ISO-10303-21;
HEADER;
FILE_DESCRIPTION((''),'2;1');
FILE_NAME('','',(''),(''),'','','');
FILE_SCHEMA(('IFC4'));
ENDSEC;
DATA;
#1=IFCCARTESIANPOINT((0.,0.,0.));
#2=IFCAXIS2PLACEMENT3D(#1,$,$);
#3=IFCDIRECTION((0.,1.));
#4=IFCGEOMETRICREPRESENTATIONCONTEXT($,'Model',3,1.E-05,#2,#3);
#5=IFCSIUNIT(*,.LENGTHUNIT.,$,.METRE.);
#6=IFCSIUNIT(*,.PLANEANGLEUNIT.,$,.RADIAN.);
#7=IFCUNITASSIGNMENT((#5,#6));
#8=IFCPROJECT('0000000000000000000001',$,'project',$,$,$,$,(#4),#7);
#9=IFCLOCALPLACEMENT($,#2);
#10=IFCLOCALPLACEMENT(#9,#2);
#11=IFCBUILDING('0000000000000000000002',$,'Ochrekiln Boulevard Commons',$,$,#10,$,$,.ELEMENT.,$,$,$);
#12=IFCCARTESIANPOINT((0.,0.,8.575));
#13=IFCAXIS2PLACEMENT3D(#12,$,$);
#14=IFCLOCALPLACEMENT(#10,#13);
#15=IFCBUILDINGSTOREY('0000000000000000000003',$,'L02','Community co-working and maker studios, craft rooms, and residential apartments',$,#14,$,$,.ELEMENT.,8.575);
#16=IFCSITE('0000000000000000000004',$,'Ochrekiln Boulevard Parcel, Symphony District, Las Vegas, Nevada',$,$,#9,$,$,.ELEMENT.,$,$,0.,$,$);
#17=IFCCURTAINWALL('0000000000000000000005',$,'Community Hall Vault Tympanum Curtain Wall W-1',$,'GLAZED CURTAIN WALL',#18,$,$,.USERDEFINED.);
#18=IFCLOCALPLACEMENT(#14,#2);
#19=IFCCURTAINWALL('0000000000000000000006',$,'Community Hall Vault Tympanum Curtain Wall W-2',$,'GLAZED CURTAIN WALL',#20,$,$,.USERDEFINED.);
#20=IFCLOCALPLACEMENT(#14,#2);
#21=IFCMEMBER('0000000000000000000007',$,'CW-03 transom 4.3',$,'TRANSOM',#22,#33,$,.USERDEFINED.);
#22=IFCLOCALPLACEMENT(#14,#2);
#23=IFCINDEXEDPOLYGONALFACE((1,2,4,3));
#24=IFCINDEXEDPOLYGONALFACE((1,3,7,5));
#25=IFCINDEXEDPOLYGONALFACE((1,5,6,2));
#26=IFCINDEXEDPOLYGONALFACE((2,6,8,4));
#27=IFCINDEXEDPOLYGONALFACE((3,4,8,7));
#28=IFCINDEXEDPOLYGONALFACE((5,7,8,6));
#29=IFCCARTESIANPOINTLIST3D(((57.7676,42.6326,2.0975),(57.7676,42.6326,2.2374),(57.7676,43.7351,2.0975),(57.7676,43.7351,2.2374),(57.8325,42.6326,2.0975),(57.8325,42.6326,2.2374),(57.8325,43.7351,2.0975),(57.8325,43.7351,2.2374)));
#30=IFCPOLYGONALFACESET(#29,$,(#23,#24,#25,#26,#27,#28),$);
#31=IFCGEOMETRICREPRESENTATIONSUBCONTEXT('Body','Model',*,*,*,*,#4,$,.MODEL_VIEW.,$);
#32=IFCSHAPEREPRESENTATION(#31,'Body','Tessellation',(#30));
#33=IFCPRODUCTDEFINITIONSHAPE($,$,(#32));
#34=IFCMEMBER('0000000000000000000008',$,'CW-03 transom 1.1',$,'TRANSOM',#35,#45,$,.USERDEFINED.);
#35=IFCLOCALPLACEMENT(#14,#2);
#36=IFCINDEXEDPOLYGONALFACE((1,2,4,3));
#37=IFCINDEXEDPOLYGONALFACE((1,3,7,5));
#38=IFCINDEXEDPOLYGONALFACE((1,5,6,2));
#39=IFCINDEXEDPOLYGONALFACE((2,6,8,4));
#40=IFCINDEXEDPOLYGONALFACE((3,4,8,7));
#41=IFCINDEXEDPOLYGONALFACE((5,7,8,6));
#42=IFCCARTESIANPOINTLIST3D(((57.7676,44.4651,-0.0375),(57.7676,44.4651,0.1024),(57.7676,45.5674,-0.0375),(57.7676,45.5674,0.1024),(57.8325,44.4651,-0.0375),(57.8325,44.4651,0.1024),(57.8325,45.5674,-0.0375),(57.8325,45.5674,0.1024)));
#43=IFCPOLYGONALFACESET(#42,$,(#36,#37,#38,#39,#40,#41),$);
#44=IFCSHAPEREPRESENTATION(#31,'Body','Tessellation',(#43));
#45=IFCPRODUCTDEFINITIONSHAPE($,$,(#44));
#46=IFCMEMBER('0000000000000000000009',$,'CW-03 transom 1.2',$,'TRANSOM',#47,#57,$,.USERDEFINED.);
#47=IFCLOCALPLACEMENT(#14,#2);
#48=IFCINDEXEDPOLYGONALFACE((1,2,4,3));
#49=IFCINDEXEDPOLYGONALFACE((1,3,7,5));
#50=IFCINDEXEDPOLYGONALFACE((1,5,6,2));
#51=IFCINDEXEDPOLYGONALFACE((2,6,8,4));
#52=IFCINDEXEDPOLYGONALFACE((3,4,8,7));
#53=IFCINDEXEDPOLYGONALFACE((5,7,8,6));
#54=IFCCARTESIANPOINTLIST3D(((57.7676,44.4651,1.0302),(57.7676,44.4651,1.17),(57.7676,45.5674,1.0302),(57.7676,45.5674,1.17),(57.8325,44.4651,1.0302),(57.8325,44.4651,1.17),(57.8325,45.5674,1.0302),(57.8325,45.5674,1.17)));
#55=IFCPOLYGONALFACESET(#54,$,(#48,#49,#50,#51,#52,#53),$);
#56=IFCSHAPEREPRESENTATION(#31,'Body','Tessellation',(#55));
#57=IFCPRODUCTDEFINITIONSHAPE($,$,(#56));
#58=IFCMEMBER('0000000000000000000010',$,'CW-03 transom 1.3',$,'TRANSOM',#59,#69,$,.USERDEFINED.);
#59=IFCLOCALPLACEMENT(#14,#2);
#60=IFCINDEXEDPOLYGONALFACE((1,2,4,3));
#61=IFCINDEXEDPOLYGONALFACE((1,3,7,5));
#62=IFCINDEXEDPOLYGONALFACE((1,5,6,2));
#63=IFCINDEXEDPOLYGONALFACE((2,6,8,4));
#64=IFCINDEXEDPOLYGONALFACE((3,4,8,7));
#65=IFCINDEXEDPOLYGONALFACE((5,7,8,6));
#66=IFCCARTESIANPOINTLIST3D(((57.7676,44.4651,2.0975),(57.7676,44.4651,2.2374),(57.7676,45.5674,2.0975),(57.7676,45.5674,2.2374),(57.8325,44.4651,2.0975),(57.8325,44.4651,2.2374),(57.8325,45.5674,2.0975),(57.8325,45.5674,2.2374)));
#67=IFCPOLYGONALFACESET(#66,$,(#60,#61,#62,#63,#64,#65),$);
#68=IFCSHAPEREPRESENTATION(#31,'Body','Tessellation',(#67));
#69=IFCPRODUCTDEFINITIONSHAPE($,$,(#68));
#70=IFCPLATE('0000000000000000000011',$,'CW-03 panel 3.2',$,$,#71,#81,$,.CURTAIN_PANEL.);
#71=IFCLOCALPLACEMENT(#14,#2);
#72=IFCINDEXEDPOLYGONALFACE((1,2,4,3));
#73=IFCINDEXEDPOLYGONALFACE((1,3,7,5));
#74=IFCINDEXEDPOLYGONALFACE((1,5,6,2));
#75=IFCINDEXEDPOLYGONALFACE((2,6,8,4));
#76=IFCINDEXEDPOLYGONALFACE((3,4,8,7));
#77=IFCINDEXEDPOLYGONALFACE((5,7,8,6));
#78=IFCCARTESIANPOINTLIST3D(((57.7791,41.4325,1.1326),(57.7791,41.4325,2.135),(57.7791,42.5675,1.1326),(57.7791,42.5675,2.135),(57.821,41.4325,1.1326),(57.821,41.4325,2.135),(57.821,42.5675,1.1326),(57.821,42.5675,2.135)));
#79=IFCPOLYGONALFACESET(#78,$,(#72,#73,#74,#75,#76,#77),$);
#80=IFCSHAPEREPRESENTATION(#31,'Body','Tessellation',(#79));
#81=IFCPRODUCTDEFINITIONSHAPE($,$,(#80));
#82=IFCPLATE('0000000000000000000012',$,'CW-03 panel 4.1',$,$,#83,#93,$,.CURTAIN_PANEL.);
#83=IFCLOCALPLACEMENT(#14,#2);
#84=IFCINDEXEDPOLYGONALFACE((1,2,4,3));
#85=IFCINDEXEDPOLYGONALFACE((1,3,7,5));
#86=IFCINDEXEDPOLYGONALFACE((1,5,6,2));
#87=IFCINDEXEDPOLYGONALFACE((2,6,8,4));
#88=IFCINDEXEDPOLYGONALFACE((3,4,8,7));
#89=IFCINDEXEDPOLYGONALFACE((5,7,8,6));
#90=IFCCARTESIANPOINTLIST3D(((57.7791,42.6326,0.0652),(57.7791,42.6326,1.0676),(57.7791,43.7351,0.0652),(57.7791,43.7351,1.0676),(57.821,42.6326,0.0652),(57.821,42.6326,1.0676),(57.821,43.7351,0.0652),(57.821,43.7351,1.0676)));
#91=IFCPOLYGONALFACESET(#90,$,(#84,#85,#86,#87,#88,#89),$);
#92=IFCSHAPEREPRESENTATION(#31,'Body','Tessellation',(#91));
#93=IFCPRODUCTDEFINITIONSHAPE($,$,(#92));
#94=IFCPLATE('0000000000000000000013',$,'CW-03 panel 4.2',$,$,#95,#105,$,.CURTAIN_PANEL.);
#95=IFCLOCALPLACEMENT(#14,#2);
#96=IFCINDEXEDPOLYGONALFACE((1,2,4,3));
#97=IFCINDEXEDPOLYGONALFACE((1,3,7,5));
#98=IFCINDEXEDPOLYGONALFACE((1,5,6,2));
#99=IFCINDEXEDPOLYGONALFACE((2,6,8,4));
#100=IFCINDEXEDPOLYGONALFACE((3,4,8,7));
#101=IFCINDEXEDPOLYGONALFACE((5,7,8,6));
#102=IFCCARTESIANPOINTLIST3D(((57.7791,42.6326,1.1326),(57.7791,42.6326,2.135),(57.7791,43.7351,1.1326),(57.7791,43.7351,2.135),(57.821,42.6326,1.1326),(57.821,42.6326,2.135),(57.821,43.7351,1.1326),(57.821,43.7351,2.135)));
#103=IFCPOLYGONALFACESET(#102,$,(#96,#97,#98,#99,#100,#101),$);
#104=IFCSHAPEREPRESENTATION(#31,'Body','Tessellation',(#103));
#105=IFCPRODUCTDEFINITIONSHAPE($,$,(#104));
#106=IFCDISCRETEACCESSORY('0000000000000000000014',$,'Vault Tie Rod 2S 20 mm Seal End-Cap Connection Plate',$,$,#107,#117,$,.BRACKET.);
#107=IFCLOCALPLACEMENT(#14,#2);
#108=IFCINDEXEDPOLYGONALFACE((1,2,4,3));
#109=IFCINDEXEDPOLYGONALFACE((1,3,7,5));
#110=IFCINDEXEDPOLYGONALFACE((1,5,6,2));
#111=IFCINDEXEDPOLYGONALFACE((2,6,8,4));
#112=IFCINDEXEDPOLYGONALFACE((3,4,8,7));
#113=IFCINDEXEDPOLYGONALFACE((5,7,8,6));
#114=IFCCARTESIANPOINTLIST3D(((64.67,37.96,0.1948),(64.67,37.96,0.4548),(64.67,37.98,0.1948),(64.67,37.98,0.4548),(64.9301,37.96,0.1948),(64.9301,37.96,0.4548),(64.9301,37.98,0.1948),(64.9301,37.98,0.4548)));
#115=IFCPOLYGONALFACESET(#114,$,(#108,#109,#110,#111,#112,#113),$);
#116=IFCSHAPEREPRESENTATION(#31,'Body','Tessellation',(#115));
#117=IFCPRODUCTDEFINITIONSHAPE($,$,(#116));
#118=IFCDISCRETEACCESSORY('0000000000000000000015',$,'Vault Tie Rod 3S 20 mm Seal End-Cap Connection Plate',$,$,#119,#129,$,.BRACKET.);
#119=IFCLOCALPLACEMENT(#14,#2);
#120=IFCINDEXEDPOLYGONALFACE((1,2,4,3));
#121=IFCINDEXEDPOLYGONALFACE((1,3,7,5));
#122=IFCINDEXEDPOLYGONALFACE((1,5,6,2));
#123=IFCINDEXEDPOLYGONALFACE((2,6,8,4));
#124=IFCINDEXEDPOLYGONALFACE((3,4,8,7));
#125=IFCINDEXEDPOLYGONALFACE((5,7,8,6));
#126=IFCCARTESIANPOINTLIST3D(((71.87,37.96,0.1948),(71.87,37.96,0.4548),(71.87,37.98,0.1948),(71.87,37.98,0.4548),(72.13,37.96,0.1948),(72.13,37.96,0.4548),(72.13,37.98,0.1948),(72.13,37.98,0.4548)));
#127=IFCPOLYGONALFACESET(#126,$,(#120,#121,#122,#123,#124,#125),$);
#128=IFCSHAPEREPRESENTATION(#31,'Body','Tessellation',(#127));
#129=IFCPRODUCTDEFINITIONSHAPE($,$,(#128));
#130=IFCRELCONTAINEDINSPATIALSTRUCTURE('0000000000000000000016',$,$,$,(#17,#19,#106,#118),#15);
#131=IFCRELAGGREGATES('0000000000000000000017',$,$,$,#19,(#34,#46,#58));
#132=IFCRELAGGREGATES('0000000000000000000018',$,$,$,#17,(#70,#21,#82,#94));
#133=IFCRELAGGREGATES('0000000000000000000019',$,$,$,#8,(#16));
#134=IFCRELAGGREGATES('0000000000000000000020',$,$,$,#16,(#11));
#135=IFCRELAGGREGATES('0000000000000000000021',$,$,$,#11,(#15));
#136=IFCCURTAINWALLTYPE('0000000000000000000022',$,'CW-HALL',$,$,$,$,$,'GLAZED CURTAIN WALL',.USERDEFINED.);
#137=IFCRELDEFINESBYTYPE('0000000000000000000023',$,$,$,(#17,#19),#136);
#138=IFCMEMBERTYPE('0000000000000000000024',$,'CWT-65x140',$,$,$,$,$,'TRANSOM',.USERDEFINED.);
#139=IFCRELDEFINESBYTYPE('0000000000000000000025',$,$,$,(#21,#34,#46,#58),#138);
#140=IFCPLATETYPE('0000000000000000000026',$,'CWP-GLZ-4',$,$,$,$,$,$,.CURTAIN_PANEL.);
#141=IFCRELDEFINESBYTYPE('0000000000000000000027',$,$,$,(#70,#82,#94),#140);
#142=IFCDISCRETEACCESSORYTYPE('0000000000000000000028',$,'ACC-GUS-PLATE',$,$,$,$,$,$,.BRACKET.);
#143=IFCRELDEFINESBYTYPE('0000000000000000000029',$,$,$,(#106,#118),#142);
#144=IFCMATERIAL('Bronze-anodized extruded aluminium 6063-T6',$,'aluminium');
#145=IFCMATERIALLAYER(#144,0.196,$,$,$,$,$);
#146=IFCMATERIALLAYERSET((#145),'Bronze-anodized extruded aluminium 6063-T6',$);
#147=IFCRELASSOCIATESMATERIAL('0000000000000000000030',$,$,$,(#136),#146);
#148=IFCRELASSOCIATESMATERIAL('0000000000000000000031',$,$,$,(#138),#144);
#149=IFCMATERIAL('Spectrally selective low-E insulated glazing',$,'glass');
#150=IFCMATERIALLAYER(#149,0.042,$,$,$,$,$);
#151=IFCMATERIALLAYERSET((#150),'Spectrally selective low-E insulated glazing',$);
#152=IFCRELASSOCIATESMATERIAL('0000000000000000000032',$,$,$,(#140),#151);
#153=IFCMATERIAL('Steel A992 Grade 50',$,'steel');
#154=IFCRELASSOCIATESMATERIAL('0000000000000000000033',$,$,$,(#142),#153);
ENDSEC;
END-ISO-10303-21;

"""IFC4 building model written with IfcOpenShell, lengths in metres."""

from ifc_helpers import new_model, si_unit, direction, frame, origin, origin_2d, place, context, subcontext, project, spatial, rectangle, extrude, material, layer, layer_set, material_profile, profile_set, type_object, element, aggregate, save


model = new_model("IFC4")

# Units and contexts
model_context = context("Model", 3, precision=1e-05, world=origin(), true_north=direction((0.0, 1.0)))
body_context = subcontext(model_context, "Body", "Model", "MODEL_VIEW")
ifc_project = project(units=[si_unit("LENGTHUNIT", "METRE"), si_unit("PLANEANGLEUNIT", "RADIAN")], contexts=[model_context])

# Site, building, storey
site_placement = place(None, origin())
site = spatial("IfcSite", under=ifc_project, at=site_placement, Name="Ochrekiln Boulevard Parcel, Symphony District, Las Vegas, Nevada", CompositionType="ELEMENT", RefElevation=0.0)
building_placement = place(site_placement, origin())
building = spatial("IfcBuilding", under=site, at=building_placement, Name="Ochrekiln Boulevard Commons", CompositionType="ELEMENT")
storey_placement = place(building_placement, frame((0.0, 0.0, 8.575)))
storey = spatial("IfcBuildingStorey", under=building, at=storey_placement, Name="L02", Description="Community co-working and maker studios, craft rooms, and residential apartments", CompositionType="ELEMENT", Elevation=8.575)

# Curtain wall
ifc_material_1 = material(Name="Bronze-anodized extruded aluminium 6063-T6", Category="aluminium")
ifc_layer_1 = layer(ifc_material_1, 0.196)
ifc_layer_set_1 = layer_set([ifc_layer_1], Name="Bronze-anodized extruded aluminium 6063-T6")
curtain_wall_type = type_object("IfcCurtainWallType", Name="CW-HALL", ElementType="GLAZED CURTAIN WALL", PredefinedType="USERDEFINED", material=ifc_layer_set_1)
curtain_wall_1_placement = place(storey_placement, origin())
curtain_wall_1 = element("IfcCurtainWall", 1, at=curtain_wall_1_placement, inside=storey, type_object=curtain_wall_type, Name="Community Hall Vault Tympanum Curtain Wall W-1", ObjectType="GLAZED CURTAIN WALL", PredefinedType="USERDEFINED")

# Curtain wall
curtain_wall_2_placement = place(storey_placement, origin())
curtain_wall_2 = element("IfcCurtainWall", 2, at=curtain_wall_2_placement, inside=storey, type_object=curtain_wall_type, Name="Community Hall Vault Tympanum Curtain Wall W-2", ObjectType="GLAZED CURTAIN WALL", PredefinedType="USERDEFINED")

# Members
ifc_material_profile_1 = material_profile(ifc_material_1, rectangle(XDim=0.0649, YDim=0.1399, at=origin_2d()), Name="ALU-TRN-65x140")
ifc_profile_set_1 = profile_set([ifc_material_profile_1], Name="Bronze-anodized extruded aluminium 6063-T6")
member_type_1 = type_object("IfcMemberType", Name="CWT-65x140", ElementType="TRANSOM", PredefinedType="USERDEFINED", material=ifc_profile_set_1)
member_1_placement = place(storey_placement, frame((57.8, 42.6326, 2.1675), z_axis=(0.0, 1.0, 0.0), x_axis=(-1.0, 0.0, 0.0)))
member_1 = element("IfcMember", 3, at=member_1_placement, type_object=member_type_1, Name="CW-03 transom 4.3", ObjectType="TRANSOM", PredefinedType="USERDEFINED", context=body_context, shape_type="SweptSolid", body=[
    extrude(rectangle(XDim=0.0649, YDim=0.1399, at=origin_2d()), origin(), (0.0, 0.0, 1.0), 1.1025),
])
member_2_placement = place(storey_placement, frame((57.8, 44.4651, 0.0325), z_axis=(0.0, 1.0, 0.0), x_axis=(-1.0, 0.0, 0.0)))
member_2 = element("IfcMember", 4, at=member_2_placement, type_object=member_type_1, Name="CW-03 transom 1.1", ObjectType="TRANSOM", PredefinedType="USERDEFINED", context=body_context, shape_type="SweptSolid", body=[
    extrude(rectangle(XDim=0.0649, YDim=0.1399, at=origin_2d()), origin(), (0.0, 0.0, 1.0), 1.1023),
])
member_3_placement = place(storey_placement, frame((57.8, 44.4651, 1.1001), z_axis=(0.0, 1.0, 0.0), x_axis=(-1.0, 0.0, 0.0)))
member_3 = element("IfcMember", 5, at=member_3_placement, type_object=member_type_1, Name="CW-03 transom 1.2", ObjectType="TRANSOM", PredefinedType="USERDEFINED", context=body_context, shape_type="SweptSolid", body=[
    extrude(rectangle(XDim=0.0649, YDim=0.1399, at=origin_2d()), origin(), (0.0, 0.0, 1.0), 1.1023),
])
member_4_placement = place(storey_placement, frame((57.8, 44.4651, 2.1675), z_axis=(0.0, 1.0, 0.0), x_axis=(-1.0, 0.0, 0.0)))
member_4 = element("IfcMember", 6, at=member_4_placement, type_object=member_type_1, Name="CW-03 transom 1.3", ObjectType="TRANSOM", PredefinedType="USERDEFINED", context=body_context, shape_type="SweptSolid", body=[
    extrude(rectangle(XDim=0.0649, YDim=0.1399, at=origin_2d()), origin(), (0.0, 0.0, 1.0), 1.1023),
])
aggregate(curtain_wall_2, [member_2, member_3, member_4])

# Plates
ifc_material_2 = material(Name="Spectrally selective low-E insulated glazing", Category="glass")
ifc_layer_2 = layer(ifc_material_2, 0.042)
ifc_layer_set_2 = layer_set([ifc_layer_2], Name="Spectrally selective low-E insulated glazing")
plate_type = type_object("IfcPlateType", Name="CWP-GLZ-4", PredefinedType="CURTAIN_PANEL", material=ifc_layer_set_2)
plate_1_placement = place(storey_placement, frame((57.8, 42.0, 1.1326), z_axis=(0.0, 0.0, 1.0), x_axis=(0.0, 1.0, 0.0)))
plate_1 = element("IfcPlate", 7, at=plate_1_placement, type_object=plate_type, Name="CW-03 panel 3.2", PredefinedType="CURTAIN_PANEL", context=body_context, shape_type="SweptSolid", body=[
    extrude(rectangle(XDim=1.135, YDim=0.042, at=origin_2d()), origin(), (0.0, 0.0, 1.0), 1.0024),
])
plate_2_placement = place(storey_placement, frame((57.8, 43.1838, 0.0652), z_axis=(0.0, 0.0, 1.0), x_axis=(0.0, 1.0, 0.0)))
plate_2 = element("IfcPlate", 8, at=plate_2_placement, type_object=plate_type, Name="CW-03 panel 4.1", PredefinedType="CURTAIN_PANEL", context=body_context, shape_type="SweptSolid", body=[
    extrude(rectangle(XDim=1.1025, YDim=0.042, at=origin_2d()), origin(), (0.0, 0.0, 1.0), 1.0024),
])
plate_3_placement = place(storey_placement, frame((57.8, 43.1838, 1.1326), z_axis=(0.0, 0.0, 1.0), x_axis=(0.0, 1.0, 0.0)))
plate_3 = element("IfcPlate", 9, at=plate_3_placement, type_object=plate_type, Name="CW-03 panel 4.2", PredefinedType="CURTAIN_PANEL", context=body_context, shape_type="SweptSolid", body=[
    extrude(rectangle(XDim=1.1025, YDim=0.042, at=origin_2d()), origin(), (0.0, 0.0, 1.0), 1.0024),
])
aggregate(curtain_wall_1, [plate_1, member_1, plate_2, plate_3])

# Discrete accessories
ifc_material_3 = material(Name="Steel A992 Grade 50", Category="steel")
discrete_accessory_type = type_object("IfcDiscreteAccessoryType", Name="ACC-GUS-PLATE", PredefinedType="BRACKET", material=ifc_material_3)
for number, where, z_axis, x_axis, name in (
    (10, (64.8, 37.97, 0.1948), (0.0, 0.0, 1.0), (1.0, 0.0, 0.0), "Vault Tie Rod 2S 20 mm Seal End-Cap Connection Plate"),
    (11, (72.0, 37.97, 0.1948), (0.0, 0.0, 1.0), (1.0, 0.0, 0.0), "Vault Tie Rod 3S 20 mm Seal End-Cap Connection Plate"),
):
    element("IfcDiscreteAccessory", number, at=place(storey_placement, frame(where, z_axis=z_axis, x_axis=x_axis)), inside=storey, type_object=discrete_accessory_type, Name=name, PredefinedType="BRACKET", context=body_context, shape_type="SweptSolid", body=[
        extrude(rectangle(XDim=0.26, YDim=0.02, at=origin_2d()), origin(), (0.0, 0.0, 1.0), 0.26),
    ])

save(model, "model.ifc")
